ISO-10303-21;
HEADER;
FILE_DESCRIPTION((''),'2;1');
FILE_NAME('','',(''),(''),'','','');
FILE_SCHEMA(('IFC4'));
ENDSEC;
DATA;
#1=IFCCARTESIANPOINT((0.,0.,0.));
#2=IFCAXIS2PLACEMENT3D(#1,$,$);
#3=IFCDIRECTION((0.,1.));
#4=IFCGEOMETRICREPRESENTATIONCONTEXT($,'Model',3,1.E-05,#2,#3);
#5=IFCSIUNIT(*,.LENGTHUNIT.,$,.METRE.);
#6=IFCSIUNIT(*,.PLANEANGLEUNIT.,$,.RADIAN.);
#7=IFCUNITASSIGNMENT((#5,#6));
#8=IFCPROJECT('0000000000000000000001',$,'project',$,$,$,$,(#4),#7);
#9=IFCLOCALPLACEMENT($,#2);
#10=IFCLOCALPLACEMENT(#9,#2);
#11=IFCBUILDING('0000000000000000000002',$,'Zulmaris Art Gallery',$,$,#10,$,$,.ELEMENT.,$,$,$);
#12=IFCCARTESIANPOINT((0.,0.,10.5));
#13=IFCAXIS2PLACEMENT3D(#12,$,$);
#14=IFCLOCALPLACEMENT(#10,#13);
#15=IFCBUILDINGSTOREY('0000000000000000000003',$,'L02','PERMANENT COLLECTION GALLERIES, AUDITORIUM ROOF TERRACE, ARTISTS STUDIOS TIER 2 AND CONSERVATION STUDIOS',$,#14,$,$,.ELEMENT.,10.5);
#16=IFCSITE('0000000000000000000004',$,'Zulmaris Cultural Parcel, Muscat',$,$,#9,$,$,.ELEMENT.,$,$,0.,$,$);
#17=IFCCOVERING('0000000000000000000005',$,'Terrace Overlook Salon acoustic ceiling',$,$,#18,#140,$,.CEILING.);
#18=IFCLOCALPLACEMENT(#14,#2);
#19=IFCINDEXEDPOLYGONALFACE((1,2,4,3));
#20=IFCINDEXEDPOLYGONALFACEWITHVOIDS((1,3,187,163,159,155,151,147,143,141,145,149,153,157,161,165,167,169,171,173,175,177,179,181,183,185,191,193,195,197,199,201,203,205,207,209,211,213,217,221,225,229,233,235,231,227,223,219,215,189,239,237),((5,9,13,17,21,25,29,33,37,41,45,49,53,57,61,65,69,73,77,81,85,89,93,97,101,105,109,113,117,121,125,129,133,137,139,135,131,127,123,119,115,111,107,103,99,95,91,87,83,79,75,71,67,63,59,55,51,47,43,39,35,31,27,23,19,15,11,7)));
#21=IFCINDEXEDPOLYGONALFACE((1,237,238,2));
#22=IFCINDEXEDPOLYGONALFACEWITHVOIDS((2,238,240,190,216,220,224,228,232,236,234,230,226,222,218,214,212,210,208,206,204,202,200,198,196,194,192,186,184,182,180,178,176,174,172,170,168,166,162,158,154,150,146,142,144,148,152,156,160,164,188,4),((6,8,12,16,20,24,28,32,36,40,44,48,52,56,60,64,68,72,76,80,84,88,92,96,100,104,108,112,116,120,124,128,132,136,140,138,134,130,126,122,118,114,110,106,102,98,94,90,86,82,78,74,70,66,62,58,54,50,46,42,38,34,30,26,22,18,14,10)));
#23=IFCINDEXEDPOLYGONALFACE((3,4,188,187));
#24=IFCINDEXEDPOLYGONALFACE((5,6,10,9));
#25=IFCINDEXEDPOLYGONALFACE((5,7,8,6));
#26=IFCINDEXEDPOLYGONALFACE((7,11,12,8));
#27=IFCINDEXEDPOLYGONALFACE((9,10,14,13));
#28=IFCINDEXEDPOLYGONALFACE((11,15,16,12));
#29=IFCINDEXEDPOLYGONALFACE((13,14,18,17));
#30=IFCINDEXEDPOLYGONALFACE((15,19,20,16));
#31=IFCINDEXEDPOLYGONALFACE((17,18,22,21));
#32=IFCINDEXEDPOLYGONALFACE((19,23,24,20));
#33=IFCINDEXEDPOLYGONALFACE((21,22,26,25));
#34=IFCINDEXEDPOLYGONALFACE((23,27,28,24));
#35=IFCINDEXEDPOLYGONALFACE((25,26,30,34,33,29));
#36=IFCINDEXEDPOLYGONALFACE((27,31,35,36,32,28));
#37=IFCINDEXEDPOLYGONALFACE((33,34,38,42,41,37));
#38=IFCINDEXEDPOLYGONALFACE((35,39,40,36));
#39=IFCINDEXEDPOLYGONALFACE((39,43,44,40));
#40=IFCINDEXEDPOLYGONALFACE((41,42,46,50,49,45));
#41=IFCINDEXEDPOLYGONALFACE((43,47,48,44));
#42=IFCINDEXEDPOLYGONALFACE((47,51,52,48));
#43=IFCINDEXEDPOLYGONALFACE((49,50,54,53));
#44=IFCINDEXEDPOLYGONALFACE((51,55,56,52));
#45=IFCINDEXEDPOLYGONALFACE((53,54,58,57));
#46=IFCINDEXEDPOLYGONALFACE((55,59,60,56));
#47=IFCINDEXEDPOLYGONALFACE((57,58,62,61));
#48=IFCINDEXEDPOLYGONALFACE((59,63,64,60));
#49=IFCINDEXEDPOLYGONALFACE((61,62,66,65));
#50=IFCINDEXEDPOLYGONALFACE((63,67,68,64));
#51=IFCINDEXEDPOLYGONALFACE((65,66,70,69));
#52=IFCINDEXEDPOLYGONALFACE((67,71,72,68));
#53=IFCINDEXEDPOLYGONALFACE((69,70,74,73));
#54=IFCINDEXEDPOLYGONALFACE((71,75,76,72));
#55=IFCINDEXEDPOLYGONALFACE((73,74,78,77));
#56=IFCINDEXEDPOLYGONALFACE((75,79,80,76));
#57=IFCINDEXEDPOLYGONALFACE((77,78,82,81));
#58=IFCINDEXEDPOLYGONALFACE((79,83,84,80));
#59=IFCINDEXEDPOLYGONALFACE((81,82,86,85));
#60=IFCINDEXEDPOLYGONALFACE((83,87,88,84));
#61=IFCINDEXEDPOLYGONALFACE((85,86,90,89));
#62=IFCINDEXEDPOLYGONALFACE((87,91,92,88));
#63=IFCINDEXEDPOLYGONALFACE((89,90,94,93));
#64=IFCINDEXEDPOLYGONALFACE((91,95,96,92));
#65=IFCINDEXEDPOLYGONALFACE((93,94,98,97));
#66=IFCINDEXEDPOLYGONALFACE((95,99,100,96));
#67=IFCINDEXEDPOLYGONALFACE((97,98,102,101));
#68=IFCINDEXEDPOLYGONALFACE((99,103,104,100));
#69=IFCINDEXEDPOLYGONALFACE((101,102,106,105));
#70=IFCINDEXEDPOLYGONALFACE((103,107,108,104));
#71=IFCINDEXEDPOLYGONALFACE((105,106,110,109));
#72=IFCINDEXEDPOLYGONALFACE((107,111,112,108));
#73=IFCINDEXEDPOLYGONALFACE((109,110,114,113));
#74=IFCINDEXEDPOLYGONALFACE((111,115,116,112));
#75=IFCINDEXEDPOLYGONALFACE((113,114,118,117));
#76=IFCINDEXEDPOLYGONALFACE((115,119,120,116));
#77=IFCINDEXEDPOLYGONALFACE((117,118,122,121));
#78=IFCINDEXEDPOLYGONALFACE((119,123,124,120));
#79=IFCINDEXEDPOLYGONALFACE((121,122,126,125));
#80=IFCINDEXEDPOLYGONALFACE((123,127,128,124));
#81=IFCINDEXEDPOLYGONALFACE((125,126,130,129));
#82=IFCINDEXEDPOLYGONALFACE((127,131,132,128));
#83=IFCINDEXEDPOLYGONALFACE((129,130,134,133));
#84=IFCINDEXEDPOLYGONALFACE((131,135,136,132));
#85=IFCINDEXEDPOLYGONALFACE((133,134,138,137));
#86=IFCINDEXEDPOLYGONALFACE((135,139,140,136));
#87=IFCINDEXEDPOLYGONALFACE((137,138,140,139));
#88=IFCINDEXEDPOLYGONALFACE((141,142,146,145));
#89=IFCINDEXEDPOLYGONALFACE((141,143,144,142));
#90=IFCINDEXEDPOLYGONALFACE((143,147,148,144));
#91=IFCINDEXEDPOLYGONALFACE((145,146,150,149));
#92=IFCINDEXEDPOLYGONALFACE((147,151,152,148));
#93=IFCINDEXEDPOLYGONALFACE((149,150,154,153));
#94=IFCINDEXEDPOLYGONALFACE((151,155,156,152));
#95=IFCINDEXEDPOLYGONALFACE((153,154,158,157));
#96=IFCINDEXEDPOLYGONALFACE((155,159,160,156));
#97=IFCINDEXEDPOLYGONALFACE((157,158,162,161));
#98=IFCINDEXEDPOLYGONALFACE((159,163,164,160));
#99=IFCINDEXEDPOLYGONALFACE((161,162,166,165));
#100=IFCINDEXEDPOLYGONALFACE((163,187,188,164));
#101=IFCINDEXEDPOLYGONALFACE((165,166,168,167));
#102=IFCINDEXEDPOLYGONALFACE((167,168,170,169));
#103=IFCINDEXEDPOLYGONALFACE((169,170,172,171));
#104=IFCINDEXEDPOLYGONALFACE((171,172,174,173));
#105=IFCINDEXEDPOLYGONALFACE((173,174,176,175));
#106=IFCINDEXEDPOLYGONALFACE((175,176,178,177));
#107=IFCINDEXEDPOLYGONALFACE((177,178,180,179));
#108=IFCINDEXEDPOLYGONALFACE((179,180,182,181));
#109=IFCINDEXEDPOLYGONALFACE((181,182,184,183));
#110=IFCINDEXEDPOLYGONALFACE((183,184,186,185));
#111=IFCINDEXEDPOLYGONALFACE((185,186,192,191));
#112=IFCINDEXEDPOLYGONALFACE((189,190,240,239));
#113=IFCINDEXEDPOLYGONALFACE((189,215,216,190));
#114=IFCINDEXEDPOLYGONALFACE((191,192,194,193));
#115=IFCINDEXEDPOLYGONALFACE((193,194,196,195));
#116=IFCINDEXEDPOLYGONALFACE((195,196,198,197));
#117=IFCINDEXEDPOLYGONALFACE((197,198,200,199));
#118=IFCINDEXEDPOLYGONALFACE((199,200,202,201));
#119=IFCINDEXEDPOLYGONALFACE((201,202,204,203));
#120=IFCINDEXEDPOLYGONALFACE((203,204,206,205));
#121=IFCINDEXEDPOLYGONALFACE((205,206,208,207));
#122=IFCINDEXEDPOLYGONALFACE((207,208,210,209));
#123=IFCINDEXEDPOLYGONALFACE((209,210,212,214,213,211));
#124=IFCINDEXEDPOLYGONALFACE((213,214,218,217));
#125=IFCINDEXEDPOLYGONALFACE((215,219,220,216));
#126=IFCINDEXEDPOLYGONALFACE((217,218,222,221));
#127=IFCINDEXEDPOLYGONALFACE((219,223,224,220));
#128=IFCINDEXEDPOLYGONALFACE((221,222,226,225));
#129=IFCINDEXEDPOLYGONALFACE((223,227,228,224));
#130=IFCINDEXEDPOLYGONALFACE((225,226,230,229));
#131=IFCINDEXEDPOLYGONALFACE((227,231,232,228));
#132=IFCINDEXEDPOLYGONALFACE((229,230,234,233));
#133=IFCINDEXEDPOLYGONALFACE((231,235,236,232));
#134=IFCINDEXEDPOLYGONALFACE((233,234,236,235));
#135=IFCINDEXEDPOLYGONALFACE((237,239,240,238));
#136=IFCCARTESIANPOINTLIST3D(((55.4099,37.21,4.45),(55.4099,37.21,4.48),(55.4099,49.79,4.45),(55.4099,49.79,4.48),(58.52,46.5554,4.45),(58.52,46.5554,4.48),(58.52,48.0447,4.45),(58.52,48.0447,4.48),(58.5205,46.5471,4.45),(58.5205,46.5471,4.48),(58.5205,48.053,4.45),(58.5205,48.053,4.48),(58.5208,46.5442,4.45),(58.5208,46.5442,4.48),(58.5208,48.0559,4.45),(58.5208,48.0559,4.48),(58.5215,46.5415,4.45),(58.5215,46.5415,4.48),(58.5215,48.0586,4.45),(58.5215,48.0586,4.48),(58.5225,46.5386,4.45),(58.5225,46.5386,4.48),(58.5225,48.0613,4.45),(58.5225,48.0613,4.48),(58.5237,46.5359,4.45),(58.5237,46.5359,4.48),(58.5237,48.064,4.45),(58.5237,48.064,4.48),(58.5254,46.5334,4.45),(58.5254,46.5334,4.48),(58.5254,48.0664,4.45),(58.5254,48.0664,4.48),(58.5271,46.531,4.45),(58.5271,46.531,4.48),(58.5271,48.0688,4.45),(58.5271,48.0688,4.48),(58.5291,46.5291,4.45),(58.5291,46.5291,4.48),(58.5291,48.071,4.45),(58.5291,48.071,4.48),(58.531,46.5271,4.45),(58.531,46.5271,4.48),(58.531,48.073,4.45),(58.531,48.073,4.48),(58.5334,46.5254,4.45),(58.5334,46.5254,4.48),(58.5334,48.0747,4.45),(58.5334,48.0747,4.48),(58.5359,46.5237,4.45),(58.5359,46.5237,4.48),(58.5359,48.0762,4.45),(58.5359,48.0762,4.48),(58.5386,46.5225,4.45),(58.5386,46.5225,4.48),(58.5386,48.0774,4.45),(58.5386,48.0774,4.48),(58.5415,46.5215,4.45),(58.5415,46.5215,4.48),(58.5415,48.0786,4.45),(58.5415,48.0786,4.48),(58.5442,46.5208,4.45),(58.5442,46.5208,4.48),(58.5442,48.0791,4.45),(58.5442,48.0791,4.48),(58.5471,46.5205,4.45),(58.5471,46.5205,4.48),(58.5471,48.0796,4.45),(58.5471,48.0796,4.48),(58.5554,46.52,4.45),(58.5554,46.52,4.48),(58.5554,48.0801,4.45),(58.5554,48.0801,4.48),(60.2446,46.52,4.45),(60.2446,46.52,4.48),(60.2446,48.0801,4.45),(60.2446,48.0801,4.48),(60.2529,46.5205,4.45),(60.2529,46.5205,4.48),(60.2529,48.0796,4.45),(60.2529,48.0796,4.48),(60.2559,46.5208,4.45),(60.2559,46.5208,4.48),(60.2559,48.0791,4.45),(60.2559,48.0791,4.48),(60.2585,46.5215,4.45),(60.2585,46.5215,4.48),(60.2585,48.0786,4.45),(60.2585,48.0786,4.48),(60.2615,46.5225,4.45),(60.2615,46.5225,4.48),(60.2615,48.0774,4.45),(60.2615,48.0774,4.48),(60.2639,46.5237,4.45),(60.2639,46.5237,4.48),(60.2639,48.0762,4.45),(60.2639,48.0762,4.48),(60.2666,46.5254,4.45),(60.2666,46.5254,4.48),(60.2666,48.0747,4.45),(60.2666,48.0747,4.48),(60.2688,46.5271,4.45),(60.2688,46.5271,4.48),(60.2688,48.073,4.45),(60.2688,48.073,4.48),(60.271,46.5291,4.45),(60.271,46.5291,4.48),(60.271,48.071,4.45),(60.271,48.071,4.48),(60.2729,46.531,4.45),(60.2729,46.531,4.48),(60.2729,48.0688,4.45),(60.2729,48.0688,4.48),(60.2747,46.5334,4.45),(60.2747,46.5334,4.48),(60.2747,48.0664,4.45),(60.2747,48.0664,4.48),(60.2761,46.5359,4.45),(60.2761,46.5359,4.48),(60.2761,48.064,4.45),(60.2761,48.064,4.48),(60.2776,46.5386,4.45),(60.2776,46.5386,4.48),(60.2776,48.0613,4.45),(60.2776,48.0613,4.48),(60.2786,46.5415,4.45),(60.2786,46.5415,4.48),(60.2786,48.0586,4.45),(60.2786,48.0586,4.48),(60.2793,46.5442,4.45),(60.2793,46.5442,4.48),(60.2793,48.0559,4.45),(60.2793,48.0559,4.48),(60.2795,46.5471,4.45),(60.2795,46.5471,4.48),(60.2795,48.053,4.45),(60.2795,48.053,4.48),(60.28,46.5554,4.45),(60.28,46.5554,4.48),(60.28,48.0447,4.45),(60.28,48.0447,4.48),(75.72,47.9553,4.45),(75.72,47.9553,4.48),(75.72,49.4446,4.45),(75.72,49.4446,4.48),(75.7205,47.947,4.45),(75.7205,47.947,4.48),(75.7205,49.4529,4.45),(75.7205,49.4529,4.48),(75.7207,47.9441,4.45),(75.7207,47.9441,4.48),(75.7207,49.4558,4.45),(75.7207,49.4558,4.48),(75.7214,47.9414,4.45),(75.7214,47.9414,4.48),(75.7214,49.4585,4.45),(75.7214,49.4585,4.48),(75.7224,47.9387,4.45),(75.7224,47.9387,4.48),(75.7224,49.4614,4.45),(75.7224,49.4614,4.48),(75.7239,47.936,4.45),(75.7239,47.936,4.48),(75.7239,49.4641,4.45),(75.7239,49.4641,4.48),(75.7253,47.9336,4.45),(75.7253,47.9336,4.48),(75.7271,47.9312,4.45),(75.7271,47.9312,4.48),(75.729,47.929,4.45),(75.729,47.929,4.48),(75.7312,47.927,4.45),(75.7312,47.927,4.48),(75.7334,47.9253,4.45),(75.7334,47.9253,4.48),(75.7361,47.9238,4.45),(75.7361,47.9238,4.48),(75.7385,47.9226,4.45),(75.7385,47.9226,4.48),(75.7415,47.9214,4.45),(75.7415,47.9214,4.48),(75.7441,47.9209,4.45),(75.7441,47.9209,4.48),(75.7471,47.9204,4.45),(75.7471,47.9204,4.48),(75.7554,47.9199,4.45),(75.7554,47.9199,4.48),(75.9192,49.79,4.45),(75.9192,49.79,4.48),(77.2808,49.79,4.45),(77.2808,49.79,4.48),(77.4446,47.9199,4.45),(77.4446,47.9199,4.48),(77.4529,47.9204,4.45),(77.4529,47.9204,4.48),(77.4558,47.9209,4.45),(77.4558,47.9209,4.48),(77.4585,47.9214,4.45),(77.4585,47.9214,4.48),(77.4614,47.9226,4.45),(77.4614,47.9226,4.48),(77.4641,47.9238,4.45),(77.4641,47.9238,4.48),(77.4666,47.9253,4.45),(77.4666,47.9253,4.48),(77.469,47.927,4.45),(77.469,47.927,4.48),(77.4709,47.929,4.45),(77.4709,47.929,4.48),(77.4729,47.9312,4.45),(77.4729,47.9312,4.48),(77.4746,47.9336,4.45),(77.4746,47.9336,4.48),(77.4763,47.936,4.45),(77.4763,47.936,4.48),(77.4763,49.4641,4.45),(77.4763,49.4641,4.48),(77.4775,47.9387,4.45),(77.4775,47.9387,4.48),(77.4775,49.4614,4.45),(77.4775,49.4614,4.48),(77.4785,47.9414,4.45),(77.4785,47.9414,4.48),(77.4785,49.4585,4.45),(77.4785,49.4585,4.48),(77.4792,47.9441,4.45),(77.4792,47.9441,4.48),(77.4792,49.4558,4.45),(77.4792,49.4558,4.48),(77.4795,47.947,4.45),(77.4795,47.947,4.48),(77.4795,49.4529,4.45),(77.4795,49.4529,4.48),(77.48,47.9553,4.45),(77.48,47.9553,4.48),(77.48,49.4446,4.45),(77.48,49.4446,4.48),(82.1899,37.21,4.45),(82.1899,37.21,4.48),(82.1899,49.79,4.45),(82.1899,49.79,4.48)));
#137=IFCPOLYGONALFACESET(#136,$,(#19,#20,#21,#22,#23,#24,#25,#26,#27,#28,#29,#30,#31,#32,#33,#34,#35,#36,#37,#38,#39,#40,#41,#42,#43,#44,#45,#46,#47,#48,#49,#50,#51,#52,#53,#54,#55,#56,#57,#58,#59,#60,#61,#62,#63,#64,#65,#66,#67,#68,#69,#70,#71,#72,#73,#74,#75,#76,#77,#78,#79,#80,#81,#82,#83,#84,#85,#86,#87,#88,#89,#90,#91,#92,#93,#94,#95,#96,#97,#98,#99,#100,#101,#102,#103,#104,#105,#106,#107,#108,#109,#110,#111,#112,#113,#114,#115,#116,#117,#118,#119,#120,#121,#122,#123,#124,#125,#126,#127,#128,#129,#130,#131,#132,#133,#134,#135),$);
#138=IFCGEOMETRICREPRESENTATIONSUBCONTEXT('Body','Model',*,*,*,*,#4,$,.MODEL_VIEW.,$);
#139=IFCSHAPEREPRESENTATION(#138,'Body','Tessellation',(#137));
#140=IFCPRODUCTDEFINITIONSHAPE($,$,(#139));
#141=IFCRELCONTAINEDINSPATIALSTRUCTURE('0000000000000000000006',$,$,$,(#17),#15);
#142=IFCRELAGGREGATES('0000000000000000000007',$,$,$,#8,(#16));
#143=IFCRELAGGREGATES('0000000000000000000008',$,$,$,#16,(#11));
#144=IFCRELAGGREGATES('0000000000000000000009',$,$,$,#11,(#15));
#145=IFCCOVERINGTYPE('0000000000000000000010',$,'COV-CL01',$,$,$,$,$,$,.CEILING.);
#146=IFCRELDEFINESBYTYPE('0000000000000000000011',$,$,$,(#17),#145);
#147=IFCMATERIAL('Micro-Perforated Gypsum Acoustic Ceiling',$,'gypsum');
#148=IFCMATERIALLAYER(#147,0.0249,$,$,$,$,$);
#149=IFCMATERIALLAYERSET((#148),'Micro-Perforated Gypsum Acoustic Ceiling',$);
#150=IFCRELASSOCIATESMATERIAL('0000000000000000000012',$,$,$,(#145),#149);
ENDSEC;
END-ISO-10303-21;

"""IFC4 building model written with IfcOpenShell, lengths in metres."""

from ifc_helpers import new_model, si_unit, direction, frame, origin, place, context, subcontext, project, spatial, polyline, outline, extrude, material, layer, layer_set, type_object, element, save


model = new_model("IFC4")

# Units and contexts
model_context = context("Model", 3, precision=1e-05, world=origin(), true_north=direction((0.0, 1.0)))
body_context = subcontext(model_context, "Body", "Model", "MODEL_VIEW")
ifc_project = project(units=[si_unit("LENGTHUNIT", "METRE"), si_unit("PLANEANGLEUNIT", "RADIAN")], contexts=[model_context])

# Site, building, storey
site_placement = place(None, origin())
site = spatial("IfcSite", under=ifc_project, at=site_placement, Name="Zulmaris Cultural Parcel, Muscat", CompositionType="ELEMENT", RefElevation=0.0)
building_placement = place(site_placement, origin())
building = spatial("IfcBuilding", under=site, at=building_placement, Name="Zulmaris Art Gallery", CompositionType="ELEMENT")
storey_placement = place(building_placement, frame((0.0, 0.0, 10.5)))
storey = spatial("IfcBuildingStorey", under=building, at=storey_placement, Name="L02", Description="PERMANENT COLLECTION GALLERIES, AUDITORIUM ROOF TERRACE, ARTISTS STUDIOS TIER 2 AND CONSERVATION STUDIOS", CompositionType="ELEMENT", Elevation=10.5)

# Covering
ifc_material_1 = material(Name="Micro-Perforated Gypsum Acoustic Ceiling", Category="gypsum")
ifc_layer_1 = layer(ifc_material_1, 0.0249)
ifc_layer_set_1 = layer_set([ifc_layer_1], Name="Micro-Perforated Gypsum Acoustic Ceiling")
covering_type_1 = type_object("IfcCoveringType", Name="COV-CL01", PredefinedType="CEILING", material=ifc_layer_set_1)
covering_1_placement = place(storey_placement, frame((0.0, 0.0, 4.45)))
element("IfcCovering", 1, at=covering_1_placement, inside=storey, type_object=covering_type_1, Name="Terrace Overlook Salon acoustic ceiling", PredefinedType="CEILING", context=body_context, shape_type="SweptSolid", body=[
    extrude(outline(polyline([(75.7214, 49.4585), (75.7207, 49.4558), (75.7205, 49.4529), (75.72, 49.4446), (75.72, 47.9553), (75.7205, 47.947), (75.7207, 47.9441), (75.7214, 47.9414), (75.7224, 47.9387), (75.7239, 47.936), (75.7253, 47.9336), (75.7271, 47.9312), (75.729, 47.929), (75.7312, 47.927), (75.7334, 47.9253), (75.7361, 47.9238), (75.7385, 47.9226), (75.7415, 47.9214), (75.7441, 47.9209), (75.7471, 47.9204), (75.7554, 47.9199), (77.4446, 47.9199), (77.4529, 47.9204), (77.4558, 47.9209), (77.4585, 47.9214), (77.4614, 47.9226), (77.4641, 47.9238), (77.4666, 47.9253), (77.469, 47.927), (77.4709, 47.929), (77.4729, 47.9312), (77.4746, 47.9336), (77.4763, 47.936), (77.4775, 47.9387), (77.4785, 47.9414), (77.4792, 47.9441), (77.4795, 47.947), (77.48, 47.9553), (77.48, 49.4446), (77.4795, 49.4529), (77.4792, 49.4558), (77.4785, 49.4585), (77.4775, 49.4614), (77.4763, 49.4641), (77.2808, 49.79), (82.1899, 49.79), (82.1899, 37.21), (55.4099, 37.21), (55.4099, 49.79), (75.9192, 49.79), (75.7239, 49.4641), (75.7224, 49.4614), (75.7214, 49.4585)]), holes=[polyline([(58.5415, 48.0786), (58.5386, 48.0774), (58.5359, 48.0762), (58.5334, 48.0747), (58.531, 48.073), (58.5291, 48.071), (58.5271, 48.0688), (58.5254, 48.0664), (58.5237, 48.064), (58.5225, 48.0613), (58.5215, 48.0586), (58.5208, 48.0559), (58.5205, 48.053), (58.52, 48.0447), (58.52, 46.5554), (58.5205, 46.5471), (58.5208, 46.5442), (58.5215, 46.5415), (58.5225, 46.5386), (58.5237, 46.5359), (58.5254, 46.5334), (58.5271, 46.531), (58.5291, 46.5291), (58.531, 46.5271), (58.5334, 46.5254), (58.5359, 46.5237), (58.5386, 46.5225), (58.5415, 46.5215), (58.5442, 46.5208), (58.5471, 46.5205), (58.5554, 46.52), (60.2446, 46.52), (60.2529, 46.5205), (60.2559, 46.5208), (60.2585, 46.5215), (60.2615, 46.5225), (60.2639, 46.5237), (60.2666, 46.5254), (60.2688, 46.5271), (60.271, 46.5291), (60.2729, 46.531), (60.2747, 46.5334), (60.2761, 46.5359), (60.2776, 46.5386), (60.2786, 46.5415), (60.2793, 46.5442), (60.2795, 46.5471), (60.28, 46.5554), (60.28, 48.0447), (60.2795, 48.053), (60.2793, 48.0559), (60.2786, 48.0586), (60.2776, 48.0613), (60.2761, 48.064), (60.2747, 48.0664), (60.2729, 48.0688), (60.271, 48.071), (60.2688, 48.073), (60.2666, 48.0747), (60.2639, 48.0762), (60.2615, 48.0774), (60.2585, 48.0786), (60.2559, 48.0791), (60.2529, 48.0796), (60.2446, 48.0801), (58.5554, 48.0801), (58.5471, 48.0796), (58.5442, 48.0791), (58.5415, 48.0786)])]), origin(), (0.0, 0.0, 1.0), 0.03),
])

save(model, "model.ifc")
